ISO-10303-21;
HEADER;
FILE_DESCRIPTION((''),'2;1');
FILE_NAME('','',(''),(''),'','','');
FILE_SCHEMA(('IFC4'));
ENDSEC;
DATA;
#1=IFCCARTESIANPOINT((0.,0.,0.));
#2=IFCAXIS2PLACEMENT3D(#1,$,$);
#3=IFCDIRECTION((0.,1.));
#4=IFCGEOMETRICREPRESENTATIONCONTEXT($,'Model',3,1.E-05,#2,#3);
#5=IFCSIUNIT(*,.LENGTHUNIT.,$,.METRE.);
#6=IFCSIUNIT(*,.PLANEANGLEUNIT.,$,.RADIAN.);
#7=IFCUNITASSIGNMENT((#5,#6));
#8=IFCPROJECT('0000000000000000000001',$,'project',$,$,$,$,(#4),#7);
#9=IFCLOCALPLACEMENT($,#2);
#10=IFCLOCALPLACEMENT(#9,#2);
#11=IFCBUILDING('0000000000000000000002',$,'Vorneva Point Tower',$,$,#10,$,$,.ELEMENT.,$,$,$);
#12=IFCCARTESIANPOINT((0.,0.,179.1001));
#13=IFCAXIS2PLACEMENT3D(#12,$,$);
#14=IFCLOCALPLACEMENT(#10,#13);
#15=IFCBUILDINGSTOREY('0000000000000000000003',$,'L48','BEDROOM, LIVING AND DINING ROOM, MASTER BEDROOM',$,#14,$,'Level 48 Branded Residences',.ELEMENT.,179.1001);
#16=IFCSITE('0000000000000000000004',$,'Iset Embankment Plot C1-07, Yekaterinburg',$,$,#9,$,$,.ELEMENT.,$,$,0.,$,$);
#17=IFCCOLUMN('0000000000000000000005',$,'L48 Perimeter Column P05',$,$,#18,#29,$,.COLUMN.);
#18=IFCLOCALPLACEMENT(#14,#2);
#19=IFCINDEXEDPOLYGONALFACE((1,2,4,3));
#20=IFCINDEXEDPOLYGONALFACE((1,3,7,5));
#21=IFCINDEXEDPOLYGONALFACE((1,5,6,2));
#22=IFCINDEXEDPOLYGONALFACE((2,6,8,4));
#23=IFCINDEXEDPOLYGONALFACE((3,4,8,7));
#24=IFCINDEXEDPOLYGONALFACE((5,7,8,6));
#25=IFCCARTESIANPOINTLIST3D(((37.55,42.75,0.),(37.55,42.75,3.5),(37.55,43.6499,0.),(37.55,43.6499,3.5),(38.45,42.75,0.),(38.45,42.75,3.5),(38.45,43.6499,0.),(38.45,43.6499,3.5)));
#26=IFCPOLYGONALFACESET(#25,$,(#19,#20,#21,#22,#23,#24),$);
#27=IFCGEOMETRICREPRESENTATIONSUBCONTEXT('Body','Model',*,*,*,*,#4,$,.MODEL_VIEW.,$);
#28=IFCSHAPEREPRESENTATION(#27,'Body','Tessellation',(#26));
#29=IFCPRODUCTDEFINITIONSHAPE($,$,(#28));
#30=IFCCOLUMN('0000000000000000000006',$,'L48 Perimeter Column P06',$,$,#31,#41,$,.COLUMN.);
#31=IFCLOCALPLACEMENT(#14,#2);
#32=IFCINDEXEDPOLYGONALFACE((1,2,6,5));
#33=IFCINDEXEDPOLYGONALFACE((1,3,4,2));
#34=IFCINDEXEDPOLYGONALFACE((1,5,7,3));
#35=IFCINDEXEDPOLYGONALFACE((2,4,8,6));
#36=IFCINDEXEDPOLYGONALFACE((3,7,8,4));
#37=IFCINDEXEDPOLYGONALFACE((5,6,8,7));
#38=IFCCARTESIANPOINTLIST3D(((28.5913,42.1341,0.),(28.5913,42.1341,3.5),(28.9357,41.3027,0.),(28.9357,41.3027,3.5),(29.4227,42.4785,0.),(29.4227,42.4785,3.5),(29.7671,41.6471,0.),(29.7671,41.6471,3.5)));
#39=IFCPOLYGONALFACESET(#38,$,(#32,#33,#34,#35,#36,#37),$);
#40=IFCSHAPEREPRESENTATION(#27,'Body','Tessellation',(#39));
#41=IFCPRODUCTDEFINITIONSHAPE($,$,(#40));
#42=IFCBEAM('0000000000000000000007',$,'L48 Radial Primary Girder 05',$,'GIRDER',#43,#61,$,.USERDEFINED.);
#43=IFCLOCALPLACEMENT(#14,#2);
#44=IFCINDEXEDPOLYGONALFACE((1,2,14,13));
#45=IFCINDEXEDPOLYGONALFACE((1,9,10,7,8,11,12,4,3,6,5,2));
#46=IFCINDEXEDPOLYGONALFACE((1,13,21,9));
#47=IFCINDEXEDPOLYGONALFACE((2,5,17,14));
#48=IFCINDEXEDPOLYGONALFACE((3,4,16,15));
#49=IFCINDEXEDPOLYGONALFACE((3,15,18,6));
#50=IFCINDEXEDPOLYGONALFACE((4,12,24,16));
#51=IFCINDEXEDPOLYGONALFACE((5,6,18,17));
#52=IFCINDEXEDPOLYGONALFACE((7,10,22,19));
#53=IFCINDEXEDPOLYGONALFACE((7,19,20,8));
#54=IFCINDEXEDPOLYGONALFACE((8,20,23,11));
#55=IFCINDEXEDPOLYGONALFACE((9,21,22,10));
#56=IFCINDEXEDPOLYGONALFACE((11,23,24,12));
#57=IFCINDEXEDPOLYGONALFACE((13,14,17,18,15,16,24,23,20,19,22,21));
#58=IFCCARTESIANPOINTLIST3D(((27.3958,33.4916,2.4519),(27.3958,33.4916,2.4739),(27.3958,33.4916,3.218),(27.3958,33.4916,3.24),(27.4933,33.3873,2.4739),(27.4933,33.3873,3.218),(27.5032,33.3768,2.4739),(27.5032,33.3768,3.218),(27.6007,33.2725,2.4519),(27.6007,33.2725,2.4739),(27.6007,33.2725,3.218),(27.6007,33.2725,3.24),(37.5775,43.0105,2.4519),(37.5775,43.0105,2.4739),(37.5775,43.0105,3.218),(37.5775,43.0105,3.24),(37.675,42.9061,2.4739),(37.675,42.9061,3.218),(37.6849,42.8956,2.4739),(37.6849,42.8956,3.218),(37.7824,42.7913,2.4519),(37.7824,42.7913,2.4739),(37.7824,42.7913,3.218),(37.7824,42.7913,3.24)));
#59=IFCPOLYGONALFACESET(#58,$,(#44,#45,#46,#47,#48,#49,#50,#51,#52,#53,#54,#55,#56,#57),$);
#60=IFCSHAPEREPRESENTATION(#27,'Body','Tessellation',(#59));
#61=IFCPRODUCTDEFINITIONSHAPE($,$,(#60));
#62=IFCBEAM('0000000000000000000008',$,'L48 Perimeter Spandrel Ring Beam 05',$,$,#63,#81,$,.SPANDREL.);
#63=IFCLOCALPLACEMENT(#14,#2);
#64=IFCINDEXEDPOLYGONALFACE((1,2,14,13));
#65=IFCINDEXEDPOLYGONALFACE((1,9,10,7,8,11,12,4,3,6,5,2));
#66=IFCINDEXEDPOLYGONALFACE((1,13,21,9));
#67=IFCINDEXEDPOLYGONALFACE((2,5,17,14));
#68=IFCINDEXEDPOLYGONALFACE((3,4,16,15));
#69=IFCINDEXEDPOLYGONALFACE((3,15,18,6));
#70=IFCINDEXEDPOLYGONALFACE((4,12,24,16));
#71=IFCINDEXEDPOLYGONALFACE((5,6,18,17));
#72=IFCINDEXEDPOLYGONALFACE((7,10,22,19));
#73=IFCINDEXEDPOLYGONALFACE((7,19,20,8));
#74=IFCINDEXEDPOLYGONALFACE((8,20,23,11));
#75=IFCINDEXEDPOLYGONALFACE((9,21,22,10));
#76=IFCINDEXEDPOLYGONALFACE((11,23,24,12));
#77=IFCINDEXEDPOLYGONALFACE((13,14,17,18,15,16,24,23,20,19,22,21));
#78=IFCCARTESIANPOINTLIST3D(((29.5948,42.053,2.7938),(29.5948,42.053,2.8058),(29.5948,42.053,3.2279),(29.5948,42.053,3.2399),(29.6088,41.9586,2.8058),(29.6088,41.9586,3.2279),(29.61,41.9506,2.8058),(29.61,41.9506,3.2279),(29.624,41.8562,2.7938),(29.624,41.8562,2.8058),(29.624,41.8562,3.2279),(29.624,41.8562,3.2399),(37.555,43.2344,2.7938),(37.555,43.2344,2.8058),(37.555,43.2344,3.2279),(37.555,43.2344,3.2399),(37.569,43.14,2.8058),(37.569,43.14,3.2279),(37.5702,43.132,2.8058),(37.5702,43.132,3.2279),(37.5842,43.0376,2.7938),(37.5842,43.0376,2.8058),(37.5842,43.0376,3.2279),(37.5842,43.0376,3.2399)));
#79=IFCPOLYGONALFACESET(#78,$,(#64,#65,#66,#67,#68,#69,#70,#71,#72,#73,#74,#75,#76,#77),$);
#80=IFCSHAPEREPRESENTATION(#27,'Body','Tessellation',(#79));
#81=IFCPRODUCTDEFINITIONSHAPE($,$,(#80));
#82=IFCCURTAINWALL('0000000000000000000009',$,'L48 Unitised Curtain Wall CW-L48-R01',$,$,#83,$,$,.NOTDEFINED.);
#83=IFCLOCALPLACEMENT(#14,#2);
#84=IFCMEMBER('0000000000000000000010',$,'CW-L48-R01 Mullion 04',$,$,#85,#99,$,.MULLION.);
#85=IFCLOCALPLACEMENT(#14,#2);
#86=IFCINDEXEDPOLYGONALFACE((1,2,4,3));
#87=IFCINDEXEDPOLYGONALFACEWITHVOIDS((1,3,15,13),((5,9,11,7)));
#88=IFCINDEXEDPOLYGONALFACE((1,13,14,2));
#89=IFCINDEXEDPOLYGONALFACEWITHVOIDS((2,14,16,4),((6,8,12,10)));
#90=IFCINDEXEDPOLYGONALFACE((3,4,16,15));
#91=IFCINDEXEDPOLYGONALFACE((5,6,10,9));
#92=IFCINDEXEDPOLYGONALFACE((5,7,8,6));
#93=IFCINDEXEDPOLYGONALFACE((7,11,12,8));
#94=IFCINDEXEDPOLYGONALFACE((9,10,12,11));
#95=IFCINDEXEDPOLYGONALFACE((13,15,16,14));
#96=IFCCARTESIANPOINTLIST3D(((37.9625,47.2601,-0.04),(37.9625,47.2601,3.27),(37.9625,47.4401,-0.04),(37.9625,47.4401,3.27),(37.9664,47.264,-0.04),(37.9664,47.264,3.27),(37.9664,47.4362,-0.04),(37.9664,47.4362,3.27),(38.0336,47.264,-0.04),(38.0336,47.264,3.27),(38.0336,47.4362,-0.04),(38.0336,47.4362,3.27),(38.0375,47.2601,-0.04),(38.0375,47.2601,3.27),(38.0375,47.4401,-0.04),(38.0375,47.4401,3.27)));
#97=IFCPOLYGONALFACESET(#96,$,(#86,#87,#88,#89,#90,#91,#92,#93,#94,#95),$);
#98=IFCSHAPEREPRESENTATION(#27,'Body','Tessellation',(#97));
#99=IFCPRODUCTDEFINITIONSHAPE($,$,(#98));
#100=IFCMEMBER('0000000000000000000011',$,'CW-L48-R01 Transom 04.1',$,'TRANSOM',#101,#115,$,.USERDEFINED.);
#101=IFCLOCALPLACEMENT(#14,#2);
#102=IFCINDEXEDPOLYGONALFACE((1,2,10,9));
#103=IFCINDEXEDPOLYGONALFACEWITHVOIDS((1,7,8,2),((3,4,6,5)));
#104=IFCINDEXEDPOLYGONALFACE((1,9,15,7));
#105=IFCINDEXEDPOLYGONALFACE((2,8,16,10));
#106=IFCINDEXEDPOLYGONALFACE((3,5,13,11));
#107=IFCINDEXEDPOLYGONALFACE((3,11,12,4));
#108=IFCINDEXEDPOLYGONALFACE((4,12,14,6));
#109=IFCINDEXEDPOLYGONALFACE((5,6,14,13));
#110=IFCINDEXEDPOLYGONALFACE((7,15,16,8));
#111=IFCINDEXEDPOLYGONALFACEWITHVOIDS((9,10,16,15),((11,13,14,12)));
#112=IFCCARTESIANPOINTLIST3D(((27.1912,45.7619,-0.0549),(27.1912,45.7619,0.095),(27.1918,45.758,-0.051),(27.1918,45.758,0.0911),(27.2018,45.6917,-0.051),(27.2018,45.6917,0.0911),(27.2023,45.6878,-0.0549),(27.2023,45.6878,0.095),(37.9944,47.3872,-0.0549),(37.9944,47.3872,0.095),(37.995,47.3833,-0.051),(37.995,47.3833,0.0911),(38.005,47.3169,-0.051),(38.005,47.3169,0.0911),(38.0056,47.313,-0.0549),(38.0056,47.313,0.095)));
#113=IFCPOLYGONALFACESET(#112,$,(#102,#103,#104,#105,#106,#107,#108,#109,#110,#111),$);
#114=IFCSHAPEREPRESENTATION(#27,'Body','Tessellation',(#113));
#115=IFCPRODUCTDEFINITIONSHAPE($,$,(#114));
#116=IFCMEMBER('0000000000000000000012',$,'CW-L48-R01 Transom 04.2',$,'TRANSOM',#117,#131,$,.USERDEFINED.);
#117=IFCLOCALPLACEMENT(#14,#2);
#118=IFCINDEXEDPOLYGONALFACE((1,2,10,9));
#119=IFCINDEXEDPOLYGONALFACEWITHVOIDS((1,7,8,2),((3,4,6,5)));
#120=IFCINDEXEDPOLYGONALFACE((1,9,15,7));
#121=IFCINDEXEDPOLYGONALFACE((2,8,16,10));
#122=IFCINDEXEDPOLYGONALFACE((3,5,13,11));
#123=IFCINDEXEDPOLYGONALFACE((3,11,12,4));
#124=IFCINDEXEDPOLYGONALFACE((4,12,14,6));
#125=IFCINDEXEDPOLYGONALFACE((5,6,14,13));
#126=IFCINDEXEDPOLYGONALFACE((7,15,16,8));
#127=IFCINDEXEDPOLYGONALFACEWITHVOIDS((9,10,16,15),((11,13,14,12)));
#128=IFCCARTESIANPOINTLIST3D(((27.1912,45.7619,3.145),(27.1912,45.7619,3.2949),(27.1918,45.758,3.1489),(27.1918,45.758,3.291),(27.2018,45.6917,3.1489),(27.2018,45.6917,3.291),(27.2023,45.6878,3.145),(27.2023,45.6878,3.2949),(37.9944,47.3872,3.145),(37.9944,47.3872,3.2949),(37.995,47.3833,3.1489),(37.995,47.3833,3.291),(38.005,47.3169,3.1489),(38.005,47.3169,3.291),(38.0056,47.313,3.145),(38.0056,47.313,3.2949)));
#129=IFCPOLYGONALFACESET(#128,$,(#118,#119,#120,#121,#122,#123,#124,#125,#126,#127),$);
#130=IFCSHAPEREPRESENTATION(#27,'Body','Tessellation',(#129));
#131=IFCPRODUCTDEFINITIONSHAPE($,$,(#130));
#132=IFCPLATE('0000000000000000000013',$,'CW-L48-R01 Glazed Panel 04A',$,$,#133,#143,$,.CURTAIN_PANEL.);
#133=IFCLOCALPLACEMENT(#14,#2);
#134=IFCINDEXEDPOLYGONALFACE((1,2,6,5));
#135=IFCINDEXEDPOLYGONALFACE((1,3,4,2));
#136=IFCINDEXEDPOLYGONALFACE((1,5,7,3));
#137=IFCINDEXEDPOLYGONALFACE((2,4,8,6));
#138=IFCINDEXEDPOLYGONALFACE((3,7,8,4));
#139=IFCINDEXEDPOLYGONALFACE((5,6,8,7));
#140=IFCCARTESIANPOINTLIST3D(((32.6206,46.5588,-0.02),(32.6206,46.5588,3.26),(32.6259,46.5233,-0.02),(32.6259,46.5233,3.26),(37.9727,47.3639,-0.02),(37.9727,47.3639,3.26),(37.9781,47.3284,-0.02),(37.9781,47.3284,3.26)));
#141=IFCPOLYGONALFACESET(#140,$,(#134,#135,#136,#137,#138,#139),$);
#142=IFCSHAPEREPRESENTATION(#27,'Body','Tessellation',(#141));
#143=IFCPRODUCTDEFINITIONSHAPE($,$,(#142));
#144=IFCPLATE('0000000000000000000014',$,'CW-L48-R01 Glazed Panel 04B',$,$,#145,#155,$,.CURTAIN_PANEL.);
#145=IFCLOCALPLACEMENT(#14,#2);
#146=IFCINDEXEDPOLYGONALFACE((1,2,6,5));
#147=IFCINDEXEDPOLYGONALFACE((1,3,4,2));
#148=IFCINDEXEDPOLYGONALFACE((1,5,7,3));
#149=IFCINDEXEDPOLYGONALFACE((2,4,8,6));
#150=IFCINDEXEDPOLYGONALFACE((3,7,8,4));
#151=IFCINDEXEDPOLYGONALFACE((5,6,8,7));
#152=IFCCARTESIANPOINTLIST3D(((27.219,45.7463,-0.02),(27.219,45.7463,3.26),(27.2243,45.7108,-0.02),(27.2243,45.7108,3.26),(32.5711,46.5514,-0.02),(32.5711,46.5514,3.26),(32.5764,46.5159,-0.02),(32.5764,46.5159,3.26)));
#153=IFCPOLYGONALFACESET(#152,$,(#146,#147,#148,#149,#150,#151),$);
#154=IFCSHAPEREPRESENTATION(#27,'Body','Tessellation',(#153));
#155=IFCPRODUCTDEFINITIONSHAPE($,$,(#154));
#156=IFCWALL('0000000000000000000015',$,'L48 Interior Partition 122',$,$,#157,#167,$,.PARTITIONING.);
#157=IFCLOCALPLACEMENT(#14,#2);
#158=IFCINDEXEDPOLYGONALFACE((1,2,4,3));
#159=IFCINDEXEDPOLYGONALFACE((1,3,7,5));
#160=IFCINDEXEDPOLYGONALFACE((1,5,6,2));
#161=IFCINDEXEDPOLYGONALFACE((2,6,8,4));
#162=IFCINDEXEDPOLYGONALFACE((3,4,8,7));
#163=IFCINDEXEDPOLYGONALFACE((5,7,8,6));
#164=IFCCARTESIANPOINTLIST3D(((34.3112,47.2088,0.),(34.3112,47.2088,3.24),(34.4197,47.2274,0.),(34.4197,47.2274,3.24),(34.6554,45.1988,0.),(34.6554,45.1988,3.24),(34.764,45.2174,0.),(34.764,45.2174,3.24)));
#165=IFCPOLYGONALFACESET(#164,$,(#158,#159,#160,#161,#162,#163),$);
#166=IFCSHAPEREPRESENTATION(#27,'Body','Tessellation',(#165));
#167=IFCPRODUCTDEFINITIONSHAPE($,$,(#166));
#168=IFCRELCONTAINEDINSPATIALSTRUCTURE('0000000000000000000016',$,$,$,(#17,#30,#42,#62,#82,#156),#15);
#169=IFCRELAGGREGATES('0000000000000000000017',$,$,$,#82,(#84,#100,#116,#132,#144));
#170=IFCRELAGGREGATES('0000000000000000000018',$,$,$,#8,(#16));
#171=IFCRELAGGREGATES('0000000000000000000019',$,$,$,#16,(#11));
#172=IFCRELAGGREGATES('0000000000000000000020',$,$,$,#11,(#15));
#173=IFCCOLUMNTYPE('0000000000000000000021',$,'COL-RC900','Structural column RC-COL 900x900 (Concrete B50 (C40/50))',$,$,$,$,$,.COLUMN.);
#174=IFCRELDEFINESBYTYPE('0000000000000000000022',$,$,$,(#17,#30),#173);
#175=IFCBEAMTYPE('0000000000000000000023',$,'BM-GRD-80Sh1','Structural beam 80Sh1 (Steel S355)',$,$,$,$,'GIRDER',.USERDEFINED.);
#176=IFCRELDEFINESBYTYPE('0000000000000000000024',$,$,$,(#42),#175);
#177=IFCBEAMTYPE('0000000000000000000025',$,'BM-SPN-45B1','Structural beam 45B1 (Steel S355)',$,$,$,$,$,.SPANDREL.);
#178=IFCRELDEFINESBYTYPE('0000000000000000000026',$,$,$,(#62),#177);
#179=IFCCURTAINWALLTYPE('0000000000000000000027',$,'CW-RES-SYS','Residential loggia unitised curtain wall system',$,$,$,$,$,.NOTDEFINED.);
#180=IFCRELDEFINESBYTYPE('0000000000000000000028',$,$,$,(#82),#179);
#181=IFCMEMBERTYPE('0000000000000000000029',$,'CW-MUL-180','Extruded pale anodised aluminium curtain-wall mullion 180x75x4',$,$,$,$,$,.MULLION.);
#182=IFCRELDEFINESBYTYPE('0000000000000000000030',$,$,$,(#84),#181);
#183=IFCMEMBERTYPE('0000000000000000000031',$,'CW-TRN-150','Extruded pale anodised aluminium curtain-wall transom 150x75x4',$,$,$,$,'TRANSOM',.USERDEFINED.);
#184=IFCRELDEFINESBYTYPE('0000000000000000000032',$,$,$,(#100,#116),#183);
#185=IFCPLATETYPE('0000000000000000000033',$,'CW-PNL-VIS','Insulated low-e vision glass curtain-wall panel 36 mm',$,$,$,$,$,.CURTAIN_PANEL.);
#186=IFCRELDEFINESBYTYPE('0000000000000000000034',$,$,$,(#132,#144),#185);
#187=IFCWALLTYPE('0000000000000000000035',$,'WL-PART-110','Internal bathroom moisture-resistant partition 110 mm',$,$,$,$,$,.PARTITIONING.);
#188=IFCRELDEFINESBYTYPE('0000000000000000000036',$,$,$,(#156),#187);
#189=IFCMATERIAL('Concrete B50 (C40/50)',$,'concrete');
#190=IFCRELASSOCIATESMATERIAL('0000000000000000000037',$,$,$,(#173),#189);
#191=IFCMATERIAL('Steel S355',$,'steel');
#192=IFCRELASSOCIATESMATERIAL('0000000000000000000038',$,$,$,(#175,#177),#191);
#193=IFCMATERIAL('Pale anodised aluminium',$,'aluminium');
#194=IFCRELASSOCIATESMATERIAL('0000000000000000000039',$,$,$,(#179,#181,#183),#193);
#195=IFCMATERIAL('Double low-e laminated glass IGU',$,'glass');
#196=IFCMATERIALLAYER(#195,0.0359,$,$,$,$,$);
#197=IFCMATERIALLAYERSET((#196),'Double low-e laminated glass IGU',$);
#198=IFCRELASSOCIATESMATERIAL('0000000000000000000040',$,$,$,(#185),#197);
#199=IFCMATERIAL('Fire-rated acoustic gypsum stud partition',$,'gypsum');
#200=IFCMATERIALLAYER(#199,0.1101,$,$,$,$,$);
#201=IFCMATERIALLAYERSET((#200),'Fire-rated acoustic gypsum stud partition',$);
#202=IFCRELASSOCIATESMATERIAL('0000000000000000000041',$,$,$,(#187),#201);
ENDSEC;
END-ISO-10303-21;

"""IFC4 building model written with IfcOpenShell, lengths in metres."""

from ifc_helpers import new_model, si_unit, direction, frame, frame_2d, origin, origin_2d, place, context, subcontext, project, spatial, rectangle, hollow_rectangle, i_section, extrude, material, layer, layer_set, material_profile, profile_set, type_object, element, aggregate, save


model = new_model("IFC4")

# Units and contexts
model_context = context("Model", 3, precision=1e-05, world=origin(), true_north=direction((0.0, 1.0)))
body_context = subcontext(model_context, "Body", "Model", "MODEL_VIEW")
ifc_project = project(units=[si_unit("LENGTHUNIT", "METRE"), si_unit("PLANEANGLEUNIT", "RADIAN")], contexts=[model_context])

# Site, building, storey
site_placement = place(None, origin())
site = spatial("IfcSite", under=ifc_project, at=site_placement, Name="Iset Embankment Plot C1-07, Yekaterinburg", CompositionType="ELEMENT", RefElevation=0.0)
building_placement = place(site_placement, origin())
building = spatial("IfcBuilding", under=site, at=building_placement, Name="Vorneva Point Tower", CompositionType="ELEMENT")
storey_placement = place(building_placement, frame((0.0, 0.0, 179.1001)))
storey = spatial("IfcBuildingStorey", under=building, at=storey_placement, Name="L48", Description="BEDROOM, LIVING AND DINING ROOM, MASTER BEDROOM", LongName="Level 48 Branded Residences", CompositionType="ELEMENT", Elevation=179.1001)

# Columns
ifc_material_1 = material(Name="Concrete B50 (C40/50)", Category="concrete")
ifc_material_profile_1 = material_profile(ifc_material_1, rectangle(XDim=0.8999, YDim=0.8999, at=origin_2d()), Name="RC-COL 900x900")
ifc_profile_set_1 = profile_set([ifc_material_profile_1], Name="Concrete B50 (C40/50)")
column_type = type_object("IfcColumnType", Name="COL-RC900", Description="Structural column RC-COL 900x900 (Concrete B50 (C40/50))", PredefinedType="COLUMN", material=ifc_profile_set_1)
for number, where, z_axis, x_axis, name in (
    (1, (38.0, 43.2, 0.0), (0.0, 0.0, 1.0), (0.0, 1.0, 0.0), "L48 Perimeter Column P05"),
    (2, (29.1792, 41.8906, 0.0), (0.0, 0.0, 1.0), (-0.382683, 0.92388, 0.0), "L48 Perimeter Column P06"),
):
    element("IfcColumn", number, at=place(storey_placement, frame(where, z_axis=z_axis, x_axis=x_axis)), inside=storey, type_object=column_type, Name=name, PredefinedType="COLUMN", context=body_context, shape_type="SweptSolid", body=[
        extrude(rectangle(XDim=0.8999, YDim=0.8999, at=origin_2d()), origin(), (0.0, 0.0, 1.0), 3.5),
    ])

# Beams
ifc_material_2 = material(Name="Steel S355", Category="steel")
ifc_material_profile_2 = material_profile(ifc_material_2, i_section(OverallWidth=0.3, OverallDepth=0.7881, WebThickness=0.0144, FlangeThickness=0.022, at=origin_2d()), Name="80Sh1")
ifc_profile_set_2 = profile_set([ifc_material_profile_2], Name="Steel S355")
beam_type_1 = type_object("IfcBeamType", Name="BM-GRD-80Sh1", Description="Structural beam 80Sh1 (Steel S355)", ElementType="GIRDER", PredefinedType="USERDEFINED", material=ifc_profile_set_2)
beam_1_placement = place(storey_placement, frame((37.6799, 42.9009, 2.8459), z_axis=(-0.730485, -0.682929, 0.0), x_axis=(0.682929, -0.730485, 0.0)))
element("IfcBeam", 3, at=beam_1_placement, inside=storey, type_object=beam_type_1, Name="L48 Radial Primary Girder 05", ObjectType="GIRDER", PredefinedType="USERDEFINED", context=body_context, shape_type="SweptSolid", body=[
    extrude(i_section(OverallWidth=0.3, OverallDepth=0.7881, WebThickness=0.0144, FlangeThickness=0.022, at=origin_2d()), origin(), (0.0, 0.0, 1.0), 13.9382),
])
ifc_material_profile_3 = material_profile(ifc_material_2, i_section(OverallWidth=0.199, OverallDepth=0.446, WebThickness=0.0081, FlangeThickness=0.012, at=origin_2d()), Name="45B1")
ifc_profile_set_3 = profile_set([ifc_material_profile_3], Name="Steel S355")
beam_type_2 = type_object("IfcBeamType", Name="BM-SPN-45B1", Description="Structural beam 45B1 (Steel S355)", PredefinedType="SPANDREL", material=ifc_profile_set_3)
beam_2_placement = place(storey_placement, frame((37.5696, 43.136, 3.0168), z_axis=(-0.989165, -0.146805, 0.0), x_axis=(0.146805, -0.989165, 0.0)))
element("IfcBeam", 4, at=beam_2_placement, inside=storey, type_object=beam_type_2, Name="L48 Perimeter Spandrel Ring Beam 05", PredefinedType="SPANDREL", context=body_context, shape_type="SweptSolid", body=[
    extrude(i_section(OverallWidth=0.199, OverallDepth=0.446, WebThickness=0.0081, FlangeThickness=0.012, at=origin_2d()), origin(), (0.0, 0.0, 1.0), 8.0474),
])

# Curtain wall, members, plates
ifc_material_3 = material(Name="Pale anodised aluminium", Category="aluminium")
curtain_wall_type = type_object("IfcCurtainWallType", Name="CW-RES-SYS", Description="Residential loggia unitised curtain wall system", PredefinedType="NOTDEFINED", material=ifc_material_3)
curtain_wall_placement = place(storey_placement, origin())
curtain_wall = element("IfcCurtainWall", 5, at=curtain_wall_placement, inside=storey, type_object=curtain_wall_type, Name="L48 Unitised Curtain Wall CW-L48-R01", PredefinedType="NOTDEFINED")
ifc_material_profile_4 = material_profile(ifc_material_3, hollow_rectangle(XDim=0.075, YDim=0.1799, WallThickness=0.0039, at=origin_2d()), Name="AL-MUL 180x75x4")
ifc_profile_set_4 = profile_set([ifc_material_profile_4], Name="Pale anodised aluminium")
member_type_1 = type_object("IfcMemberType", Name="CW-MUL-180", Description="Extruded pale anodised aluminium curtain-wall mullion 180x75x4", PredefinedType="MULLION", material=ifc_profile_set_4)
member_1_placement = place(storey_placement, frame((38.0, 47.3501, -0.04), z_axis=(0.0, 0.0, 1.0), x_axis=(1.0, 0.0, 0.0)))
member_1 = element("IfcMember", 6, at=member_1_placement, type_object=member_type_1, Name="CW-L48-R01 Mullion 04", PredefinedType="MULLION", context=body_context, shape_type="SweptSolid", body=[
    extrude(hollow_rectangle(XDim=0.075, YDim=0.1799, WallThickness=0.0039, at=origin_2d()), origin(), (0.0, 0.0, 1.0), 3.3101),
])
ifc_material_profile_5 = material_profile(ifc_material_3, hollow_rectangle(XDim=0.075, YDim=0.1499, WallThickness=0.0039, at=origin_2d()), Name="AL-TRN 150x75x4")
ifc_profile_set_5 = profile_set([ifc_material_profile_5], Name="Pale anodised aluminium")
member_type_2 = type_object("IfcMemberType", Name="CW-TRN-150", Description="Extruded pale anodised aluminium curtain-wall transom 150x75x4", ElementType="TRANSOM", PredefinedType="USERDEFINED", material=ifc_profile_set_5)
member_2_placement = place(storey_placement, frame((38.0, 47.3501, 0.02), z_axis=(-0.988872, -0.148767, 0.0), x_axis=(0.148767, -0.988872, 0.0)))
member_2 = element("IfcMember", 7, at=member_2_placement, type_object=member_type_2, Name="CW-L48-R01 Transom 04.1", ObjectType="TRANSOM", PredefinedType="USERDEFINED", context=body_context, shape_type="SweptSolid", body=[
    extrude(hollow_rectangle(XDim=0.075, YDim=0.1499, WallThickness=0.0039, at=origin_2d()), origin(), (0.0, 0.0, 1.0), 10.9248),
])
member_3_placement = place(storey_placement, frame((38.0, 47.3501, 3.22), z_axis=(-0.988872, -0.148767, 0.0), x_axis=(0.148767, -0.988872, 0.0)))
member_3 = element("IfcMember", 8, at=member_3_placement, type_object=member_type_2, Name="CW-L48-R01 Transom 04.2", ObjectType="TRANSOM", PredefinedType="USERDEFINED", context=body_context, shape_type="SweptSolid", body=[
    extrude(hollow_rectangle(XDim=0.075, YDim=0.1499, WallThickness=0.0039, at=origin_2d()), origin(), (0.0, 0.0, 1.0), 10.9248),
])
ifc_material_4 = material(Name="Double low-e laminated glass IGU", Category="glass")
ifc_layer_1 = layer(ifc_material_4, 0.0359)
ifc_layer_set_1 = layer_set([ifc_layer_1], Name="Double low-e laminated glass IGU")
plate_type = type_object("IfcPlateType", Name="CW-PNL-VIS", Description="Insulated low-e vision glass curtain-wall panel 36 mm", PredefinedType="CURTAIN_PANEL", material=ifc_layer_set_1)
plate_1_placement = place(storey_placement, frame((35.2993, 46.9436, -0.02), z_axis=(0.0, 0.0, 1.0), x_axis=(-0.988874, -0.148759, 0.0)))
plate_1 = element("IfcPlate", 9, at=plate_1_placement, type_object=plate_type, Name="CW-L48-R01 Glazed Panel 04A", PredefinedType="CURTAIN_PANEL", context=body_context, shape_type="SweptSolid", body=[
    extrude(rectangle(XDim=5.4124, YDim=0.0359, at=origin_2d()), origin(), (0.0, 0.0, 1.0), 3.28),
])
plate_2_placement = place(storey_placement, frame((29.8977, 46.1311, -0.02), z_axis=(0.0, 0.0, 1.0), x_axis=(-0.988874, -0.148759, 0.0)))
plate_2 = element("IfcPlate", 10, at=plate_2_placement, type_object=plate_type, Name="CW-L48-R01 Glazed Panel 04B", PredefinedType="CURTAIN_PANEL", context=body_context, shape_type="SweptSolid", body=[
    extrude(rectangle(XDim=5.4124, YDim=0.0359, at=origin_2d()), origin(), (0.0, 0.0, 1.0), 3.28),
])
aggregate(curtain_wall, [member_1, member_2, member_3, plate_1, plate_2])

# Wall
ifc_material_5 = material(Name="Fire-rated acoustic gypsum stud partition", Category="gypsum")
ifc_layer_2 = layer(ifc_material_5, 0.1101)
ifc_layer_set_2 = layer_set([ifc_layer_2], Name="Fire-rated acoustic gypsum stud partition")
wall_type_1 = type_object("IfcWallType", Name="WL-PART-110", Description="Internal bathroom moisture-resistant partition 110 mm", PredefinedType="PARTITIONING", material=ifc_layer_set_2)
wall_1_placement = place(storey_placement, frame((34.3655, 47.218, 0.0), z_axis=(0.0, 0.0, 1.0), x_axis=(0.168804, -0.98565, 0.0)))
element("IfcWall", 11, at=wall_1_placement, inside=storey, type_object=wall_type_1, Name="L48 Interior Partition 122", PredefinedType="PARTITIONING", context=body_context, shape_type="SweptSolid", body=[
    extrude(rectangle(XDim=2.0393, YDim=0.1101, at=frame_2d((1.0195, 0.0))), origin(), (0.0, 0.0, 1.0), 3.24),
])

save(model, "model.ifc")
